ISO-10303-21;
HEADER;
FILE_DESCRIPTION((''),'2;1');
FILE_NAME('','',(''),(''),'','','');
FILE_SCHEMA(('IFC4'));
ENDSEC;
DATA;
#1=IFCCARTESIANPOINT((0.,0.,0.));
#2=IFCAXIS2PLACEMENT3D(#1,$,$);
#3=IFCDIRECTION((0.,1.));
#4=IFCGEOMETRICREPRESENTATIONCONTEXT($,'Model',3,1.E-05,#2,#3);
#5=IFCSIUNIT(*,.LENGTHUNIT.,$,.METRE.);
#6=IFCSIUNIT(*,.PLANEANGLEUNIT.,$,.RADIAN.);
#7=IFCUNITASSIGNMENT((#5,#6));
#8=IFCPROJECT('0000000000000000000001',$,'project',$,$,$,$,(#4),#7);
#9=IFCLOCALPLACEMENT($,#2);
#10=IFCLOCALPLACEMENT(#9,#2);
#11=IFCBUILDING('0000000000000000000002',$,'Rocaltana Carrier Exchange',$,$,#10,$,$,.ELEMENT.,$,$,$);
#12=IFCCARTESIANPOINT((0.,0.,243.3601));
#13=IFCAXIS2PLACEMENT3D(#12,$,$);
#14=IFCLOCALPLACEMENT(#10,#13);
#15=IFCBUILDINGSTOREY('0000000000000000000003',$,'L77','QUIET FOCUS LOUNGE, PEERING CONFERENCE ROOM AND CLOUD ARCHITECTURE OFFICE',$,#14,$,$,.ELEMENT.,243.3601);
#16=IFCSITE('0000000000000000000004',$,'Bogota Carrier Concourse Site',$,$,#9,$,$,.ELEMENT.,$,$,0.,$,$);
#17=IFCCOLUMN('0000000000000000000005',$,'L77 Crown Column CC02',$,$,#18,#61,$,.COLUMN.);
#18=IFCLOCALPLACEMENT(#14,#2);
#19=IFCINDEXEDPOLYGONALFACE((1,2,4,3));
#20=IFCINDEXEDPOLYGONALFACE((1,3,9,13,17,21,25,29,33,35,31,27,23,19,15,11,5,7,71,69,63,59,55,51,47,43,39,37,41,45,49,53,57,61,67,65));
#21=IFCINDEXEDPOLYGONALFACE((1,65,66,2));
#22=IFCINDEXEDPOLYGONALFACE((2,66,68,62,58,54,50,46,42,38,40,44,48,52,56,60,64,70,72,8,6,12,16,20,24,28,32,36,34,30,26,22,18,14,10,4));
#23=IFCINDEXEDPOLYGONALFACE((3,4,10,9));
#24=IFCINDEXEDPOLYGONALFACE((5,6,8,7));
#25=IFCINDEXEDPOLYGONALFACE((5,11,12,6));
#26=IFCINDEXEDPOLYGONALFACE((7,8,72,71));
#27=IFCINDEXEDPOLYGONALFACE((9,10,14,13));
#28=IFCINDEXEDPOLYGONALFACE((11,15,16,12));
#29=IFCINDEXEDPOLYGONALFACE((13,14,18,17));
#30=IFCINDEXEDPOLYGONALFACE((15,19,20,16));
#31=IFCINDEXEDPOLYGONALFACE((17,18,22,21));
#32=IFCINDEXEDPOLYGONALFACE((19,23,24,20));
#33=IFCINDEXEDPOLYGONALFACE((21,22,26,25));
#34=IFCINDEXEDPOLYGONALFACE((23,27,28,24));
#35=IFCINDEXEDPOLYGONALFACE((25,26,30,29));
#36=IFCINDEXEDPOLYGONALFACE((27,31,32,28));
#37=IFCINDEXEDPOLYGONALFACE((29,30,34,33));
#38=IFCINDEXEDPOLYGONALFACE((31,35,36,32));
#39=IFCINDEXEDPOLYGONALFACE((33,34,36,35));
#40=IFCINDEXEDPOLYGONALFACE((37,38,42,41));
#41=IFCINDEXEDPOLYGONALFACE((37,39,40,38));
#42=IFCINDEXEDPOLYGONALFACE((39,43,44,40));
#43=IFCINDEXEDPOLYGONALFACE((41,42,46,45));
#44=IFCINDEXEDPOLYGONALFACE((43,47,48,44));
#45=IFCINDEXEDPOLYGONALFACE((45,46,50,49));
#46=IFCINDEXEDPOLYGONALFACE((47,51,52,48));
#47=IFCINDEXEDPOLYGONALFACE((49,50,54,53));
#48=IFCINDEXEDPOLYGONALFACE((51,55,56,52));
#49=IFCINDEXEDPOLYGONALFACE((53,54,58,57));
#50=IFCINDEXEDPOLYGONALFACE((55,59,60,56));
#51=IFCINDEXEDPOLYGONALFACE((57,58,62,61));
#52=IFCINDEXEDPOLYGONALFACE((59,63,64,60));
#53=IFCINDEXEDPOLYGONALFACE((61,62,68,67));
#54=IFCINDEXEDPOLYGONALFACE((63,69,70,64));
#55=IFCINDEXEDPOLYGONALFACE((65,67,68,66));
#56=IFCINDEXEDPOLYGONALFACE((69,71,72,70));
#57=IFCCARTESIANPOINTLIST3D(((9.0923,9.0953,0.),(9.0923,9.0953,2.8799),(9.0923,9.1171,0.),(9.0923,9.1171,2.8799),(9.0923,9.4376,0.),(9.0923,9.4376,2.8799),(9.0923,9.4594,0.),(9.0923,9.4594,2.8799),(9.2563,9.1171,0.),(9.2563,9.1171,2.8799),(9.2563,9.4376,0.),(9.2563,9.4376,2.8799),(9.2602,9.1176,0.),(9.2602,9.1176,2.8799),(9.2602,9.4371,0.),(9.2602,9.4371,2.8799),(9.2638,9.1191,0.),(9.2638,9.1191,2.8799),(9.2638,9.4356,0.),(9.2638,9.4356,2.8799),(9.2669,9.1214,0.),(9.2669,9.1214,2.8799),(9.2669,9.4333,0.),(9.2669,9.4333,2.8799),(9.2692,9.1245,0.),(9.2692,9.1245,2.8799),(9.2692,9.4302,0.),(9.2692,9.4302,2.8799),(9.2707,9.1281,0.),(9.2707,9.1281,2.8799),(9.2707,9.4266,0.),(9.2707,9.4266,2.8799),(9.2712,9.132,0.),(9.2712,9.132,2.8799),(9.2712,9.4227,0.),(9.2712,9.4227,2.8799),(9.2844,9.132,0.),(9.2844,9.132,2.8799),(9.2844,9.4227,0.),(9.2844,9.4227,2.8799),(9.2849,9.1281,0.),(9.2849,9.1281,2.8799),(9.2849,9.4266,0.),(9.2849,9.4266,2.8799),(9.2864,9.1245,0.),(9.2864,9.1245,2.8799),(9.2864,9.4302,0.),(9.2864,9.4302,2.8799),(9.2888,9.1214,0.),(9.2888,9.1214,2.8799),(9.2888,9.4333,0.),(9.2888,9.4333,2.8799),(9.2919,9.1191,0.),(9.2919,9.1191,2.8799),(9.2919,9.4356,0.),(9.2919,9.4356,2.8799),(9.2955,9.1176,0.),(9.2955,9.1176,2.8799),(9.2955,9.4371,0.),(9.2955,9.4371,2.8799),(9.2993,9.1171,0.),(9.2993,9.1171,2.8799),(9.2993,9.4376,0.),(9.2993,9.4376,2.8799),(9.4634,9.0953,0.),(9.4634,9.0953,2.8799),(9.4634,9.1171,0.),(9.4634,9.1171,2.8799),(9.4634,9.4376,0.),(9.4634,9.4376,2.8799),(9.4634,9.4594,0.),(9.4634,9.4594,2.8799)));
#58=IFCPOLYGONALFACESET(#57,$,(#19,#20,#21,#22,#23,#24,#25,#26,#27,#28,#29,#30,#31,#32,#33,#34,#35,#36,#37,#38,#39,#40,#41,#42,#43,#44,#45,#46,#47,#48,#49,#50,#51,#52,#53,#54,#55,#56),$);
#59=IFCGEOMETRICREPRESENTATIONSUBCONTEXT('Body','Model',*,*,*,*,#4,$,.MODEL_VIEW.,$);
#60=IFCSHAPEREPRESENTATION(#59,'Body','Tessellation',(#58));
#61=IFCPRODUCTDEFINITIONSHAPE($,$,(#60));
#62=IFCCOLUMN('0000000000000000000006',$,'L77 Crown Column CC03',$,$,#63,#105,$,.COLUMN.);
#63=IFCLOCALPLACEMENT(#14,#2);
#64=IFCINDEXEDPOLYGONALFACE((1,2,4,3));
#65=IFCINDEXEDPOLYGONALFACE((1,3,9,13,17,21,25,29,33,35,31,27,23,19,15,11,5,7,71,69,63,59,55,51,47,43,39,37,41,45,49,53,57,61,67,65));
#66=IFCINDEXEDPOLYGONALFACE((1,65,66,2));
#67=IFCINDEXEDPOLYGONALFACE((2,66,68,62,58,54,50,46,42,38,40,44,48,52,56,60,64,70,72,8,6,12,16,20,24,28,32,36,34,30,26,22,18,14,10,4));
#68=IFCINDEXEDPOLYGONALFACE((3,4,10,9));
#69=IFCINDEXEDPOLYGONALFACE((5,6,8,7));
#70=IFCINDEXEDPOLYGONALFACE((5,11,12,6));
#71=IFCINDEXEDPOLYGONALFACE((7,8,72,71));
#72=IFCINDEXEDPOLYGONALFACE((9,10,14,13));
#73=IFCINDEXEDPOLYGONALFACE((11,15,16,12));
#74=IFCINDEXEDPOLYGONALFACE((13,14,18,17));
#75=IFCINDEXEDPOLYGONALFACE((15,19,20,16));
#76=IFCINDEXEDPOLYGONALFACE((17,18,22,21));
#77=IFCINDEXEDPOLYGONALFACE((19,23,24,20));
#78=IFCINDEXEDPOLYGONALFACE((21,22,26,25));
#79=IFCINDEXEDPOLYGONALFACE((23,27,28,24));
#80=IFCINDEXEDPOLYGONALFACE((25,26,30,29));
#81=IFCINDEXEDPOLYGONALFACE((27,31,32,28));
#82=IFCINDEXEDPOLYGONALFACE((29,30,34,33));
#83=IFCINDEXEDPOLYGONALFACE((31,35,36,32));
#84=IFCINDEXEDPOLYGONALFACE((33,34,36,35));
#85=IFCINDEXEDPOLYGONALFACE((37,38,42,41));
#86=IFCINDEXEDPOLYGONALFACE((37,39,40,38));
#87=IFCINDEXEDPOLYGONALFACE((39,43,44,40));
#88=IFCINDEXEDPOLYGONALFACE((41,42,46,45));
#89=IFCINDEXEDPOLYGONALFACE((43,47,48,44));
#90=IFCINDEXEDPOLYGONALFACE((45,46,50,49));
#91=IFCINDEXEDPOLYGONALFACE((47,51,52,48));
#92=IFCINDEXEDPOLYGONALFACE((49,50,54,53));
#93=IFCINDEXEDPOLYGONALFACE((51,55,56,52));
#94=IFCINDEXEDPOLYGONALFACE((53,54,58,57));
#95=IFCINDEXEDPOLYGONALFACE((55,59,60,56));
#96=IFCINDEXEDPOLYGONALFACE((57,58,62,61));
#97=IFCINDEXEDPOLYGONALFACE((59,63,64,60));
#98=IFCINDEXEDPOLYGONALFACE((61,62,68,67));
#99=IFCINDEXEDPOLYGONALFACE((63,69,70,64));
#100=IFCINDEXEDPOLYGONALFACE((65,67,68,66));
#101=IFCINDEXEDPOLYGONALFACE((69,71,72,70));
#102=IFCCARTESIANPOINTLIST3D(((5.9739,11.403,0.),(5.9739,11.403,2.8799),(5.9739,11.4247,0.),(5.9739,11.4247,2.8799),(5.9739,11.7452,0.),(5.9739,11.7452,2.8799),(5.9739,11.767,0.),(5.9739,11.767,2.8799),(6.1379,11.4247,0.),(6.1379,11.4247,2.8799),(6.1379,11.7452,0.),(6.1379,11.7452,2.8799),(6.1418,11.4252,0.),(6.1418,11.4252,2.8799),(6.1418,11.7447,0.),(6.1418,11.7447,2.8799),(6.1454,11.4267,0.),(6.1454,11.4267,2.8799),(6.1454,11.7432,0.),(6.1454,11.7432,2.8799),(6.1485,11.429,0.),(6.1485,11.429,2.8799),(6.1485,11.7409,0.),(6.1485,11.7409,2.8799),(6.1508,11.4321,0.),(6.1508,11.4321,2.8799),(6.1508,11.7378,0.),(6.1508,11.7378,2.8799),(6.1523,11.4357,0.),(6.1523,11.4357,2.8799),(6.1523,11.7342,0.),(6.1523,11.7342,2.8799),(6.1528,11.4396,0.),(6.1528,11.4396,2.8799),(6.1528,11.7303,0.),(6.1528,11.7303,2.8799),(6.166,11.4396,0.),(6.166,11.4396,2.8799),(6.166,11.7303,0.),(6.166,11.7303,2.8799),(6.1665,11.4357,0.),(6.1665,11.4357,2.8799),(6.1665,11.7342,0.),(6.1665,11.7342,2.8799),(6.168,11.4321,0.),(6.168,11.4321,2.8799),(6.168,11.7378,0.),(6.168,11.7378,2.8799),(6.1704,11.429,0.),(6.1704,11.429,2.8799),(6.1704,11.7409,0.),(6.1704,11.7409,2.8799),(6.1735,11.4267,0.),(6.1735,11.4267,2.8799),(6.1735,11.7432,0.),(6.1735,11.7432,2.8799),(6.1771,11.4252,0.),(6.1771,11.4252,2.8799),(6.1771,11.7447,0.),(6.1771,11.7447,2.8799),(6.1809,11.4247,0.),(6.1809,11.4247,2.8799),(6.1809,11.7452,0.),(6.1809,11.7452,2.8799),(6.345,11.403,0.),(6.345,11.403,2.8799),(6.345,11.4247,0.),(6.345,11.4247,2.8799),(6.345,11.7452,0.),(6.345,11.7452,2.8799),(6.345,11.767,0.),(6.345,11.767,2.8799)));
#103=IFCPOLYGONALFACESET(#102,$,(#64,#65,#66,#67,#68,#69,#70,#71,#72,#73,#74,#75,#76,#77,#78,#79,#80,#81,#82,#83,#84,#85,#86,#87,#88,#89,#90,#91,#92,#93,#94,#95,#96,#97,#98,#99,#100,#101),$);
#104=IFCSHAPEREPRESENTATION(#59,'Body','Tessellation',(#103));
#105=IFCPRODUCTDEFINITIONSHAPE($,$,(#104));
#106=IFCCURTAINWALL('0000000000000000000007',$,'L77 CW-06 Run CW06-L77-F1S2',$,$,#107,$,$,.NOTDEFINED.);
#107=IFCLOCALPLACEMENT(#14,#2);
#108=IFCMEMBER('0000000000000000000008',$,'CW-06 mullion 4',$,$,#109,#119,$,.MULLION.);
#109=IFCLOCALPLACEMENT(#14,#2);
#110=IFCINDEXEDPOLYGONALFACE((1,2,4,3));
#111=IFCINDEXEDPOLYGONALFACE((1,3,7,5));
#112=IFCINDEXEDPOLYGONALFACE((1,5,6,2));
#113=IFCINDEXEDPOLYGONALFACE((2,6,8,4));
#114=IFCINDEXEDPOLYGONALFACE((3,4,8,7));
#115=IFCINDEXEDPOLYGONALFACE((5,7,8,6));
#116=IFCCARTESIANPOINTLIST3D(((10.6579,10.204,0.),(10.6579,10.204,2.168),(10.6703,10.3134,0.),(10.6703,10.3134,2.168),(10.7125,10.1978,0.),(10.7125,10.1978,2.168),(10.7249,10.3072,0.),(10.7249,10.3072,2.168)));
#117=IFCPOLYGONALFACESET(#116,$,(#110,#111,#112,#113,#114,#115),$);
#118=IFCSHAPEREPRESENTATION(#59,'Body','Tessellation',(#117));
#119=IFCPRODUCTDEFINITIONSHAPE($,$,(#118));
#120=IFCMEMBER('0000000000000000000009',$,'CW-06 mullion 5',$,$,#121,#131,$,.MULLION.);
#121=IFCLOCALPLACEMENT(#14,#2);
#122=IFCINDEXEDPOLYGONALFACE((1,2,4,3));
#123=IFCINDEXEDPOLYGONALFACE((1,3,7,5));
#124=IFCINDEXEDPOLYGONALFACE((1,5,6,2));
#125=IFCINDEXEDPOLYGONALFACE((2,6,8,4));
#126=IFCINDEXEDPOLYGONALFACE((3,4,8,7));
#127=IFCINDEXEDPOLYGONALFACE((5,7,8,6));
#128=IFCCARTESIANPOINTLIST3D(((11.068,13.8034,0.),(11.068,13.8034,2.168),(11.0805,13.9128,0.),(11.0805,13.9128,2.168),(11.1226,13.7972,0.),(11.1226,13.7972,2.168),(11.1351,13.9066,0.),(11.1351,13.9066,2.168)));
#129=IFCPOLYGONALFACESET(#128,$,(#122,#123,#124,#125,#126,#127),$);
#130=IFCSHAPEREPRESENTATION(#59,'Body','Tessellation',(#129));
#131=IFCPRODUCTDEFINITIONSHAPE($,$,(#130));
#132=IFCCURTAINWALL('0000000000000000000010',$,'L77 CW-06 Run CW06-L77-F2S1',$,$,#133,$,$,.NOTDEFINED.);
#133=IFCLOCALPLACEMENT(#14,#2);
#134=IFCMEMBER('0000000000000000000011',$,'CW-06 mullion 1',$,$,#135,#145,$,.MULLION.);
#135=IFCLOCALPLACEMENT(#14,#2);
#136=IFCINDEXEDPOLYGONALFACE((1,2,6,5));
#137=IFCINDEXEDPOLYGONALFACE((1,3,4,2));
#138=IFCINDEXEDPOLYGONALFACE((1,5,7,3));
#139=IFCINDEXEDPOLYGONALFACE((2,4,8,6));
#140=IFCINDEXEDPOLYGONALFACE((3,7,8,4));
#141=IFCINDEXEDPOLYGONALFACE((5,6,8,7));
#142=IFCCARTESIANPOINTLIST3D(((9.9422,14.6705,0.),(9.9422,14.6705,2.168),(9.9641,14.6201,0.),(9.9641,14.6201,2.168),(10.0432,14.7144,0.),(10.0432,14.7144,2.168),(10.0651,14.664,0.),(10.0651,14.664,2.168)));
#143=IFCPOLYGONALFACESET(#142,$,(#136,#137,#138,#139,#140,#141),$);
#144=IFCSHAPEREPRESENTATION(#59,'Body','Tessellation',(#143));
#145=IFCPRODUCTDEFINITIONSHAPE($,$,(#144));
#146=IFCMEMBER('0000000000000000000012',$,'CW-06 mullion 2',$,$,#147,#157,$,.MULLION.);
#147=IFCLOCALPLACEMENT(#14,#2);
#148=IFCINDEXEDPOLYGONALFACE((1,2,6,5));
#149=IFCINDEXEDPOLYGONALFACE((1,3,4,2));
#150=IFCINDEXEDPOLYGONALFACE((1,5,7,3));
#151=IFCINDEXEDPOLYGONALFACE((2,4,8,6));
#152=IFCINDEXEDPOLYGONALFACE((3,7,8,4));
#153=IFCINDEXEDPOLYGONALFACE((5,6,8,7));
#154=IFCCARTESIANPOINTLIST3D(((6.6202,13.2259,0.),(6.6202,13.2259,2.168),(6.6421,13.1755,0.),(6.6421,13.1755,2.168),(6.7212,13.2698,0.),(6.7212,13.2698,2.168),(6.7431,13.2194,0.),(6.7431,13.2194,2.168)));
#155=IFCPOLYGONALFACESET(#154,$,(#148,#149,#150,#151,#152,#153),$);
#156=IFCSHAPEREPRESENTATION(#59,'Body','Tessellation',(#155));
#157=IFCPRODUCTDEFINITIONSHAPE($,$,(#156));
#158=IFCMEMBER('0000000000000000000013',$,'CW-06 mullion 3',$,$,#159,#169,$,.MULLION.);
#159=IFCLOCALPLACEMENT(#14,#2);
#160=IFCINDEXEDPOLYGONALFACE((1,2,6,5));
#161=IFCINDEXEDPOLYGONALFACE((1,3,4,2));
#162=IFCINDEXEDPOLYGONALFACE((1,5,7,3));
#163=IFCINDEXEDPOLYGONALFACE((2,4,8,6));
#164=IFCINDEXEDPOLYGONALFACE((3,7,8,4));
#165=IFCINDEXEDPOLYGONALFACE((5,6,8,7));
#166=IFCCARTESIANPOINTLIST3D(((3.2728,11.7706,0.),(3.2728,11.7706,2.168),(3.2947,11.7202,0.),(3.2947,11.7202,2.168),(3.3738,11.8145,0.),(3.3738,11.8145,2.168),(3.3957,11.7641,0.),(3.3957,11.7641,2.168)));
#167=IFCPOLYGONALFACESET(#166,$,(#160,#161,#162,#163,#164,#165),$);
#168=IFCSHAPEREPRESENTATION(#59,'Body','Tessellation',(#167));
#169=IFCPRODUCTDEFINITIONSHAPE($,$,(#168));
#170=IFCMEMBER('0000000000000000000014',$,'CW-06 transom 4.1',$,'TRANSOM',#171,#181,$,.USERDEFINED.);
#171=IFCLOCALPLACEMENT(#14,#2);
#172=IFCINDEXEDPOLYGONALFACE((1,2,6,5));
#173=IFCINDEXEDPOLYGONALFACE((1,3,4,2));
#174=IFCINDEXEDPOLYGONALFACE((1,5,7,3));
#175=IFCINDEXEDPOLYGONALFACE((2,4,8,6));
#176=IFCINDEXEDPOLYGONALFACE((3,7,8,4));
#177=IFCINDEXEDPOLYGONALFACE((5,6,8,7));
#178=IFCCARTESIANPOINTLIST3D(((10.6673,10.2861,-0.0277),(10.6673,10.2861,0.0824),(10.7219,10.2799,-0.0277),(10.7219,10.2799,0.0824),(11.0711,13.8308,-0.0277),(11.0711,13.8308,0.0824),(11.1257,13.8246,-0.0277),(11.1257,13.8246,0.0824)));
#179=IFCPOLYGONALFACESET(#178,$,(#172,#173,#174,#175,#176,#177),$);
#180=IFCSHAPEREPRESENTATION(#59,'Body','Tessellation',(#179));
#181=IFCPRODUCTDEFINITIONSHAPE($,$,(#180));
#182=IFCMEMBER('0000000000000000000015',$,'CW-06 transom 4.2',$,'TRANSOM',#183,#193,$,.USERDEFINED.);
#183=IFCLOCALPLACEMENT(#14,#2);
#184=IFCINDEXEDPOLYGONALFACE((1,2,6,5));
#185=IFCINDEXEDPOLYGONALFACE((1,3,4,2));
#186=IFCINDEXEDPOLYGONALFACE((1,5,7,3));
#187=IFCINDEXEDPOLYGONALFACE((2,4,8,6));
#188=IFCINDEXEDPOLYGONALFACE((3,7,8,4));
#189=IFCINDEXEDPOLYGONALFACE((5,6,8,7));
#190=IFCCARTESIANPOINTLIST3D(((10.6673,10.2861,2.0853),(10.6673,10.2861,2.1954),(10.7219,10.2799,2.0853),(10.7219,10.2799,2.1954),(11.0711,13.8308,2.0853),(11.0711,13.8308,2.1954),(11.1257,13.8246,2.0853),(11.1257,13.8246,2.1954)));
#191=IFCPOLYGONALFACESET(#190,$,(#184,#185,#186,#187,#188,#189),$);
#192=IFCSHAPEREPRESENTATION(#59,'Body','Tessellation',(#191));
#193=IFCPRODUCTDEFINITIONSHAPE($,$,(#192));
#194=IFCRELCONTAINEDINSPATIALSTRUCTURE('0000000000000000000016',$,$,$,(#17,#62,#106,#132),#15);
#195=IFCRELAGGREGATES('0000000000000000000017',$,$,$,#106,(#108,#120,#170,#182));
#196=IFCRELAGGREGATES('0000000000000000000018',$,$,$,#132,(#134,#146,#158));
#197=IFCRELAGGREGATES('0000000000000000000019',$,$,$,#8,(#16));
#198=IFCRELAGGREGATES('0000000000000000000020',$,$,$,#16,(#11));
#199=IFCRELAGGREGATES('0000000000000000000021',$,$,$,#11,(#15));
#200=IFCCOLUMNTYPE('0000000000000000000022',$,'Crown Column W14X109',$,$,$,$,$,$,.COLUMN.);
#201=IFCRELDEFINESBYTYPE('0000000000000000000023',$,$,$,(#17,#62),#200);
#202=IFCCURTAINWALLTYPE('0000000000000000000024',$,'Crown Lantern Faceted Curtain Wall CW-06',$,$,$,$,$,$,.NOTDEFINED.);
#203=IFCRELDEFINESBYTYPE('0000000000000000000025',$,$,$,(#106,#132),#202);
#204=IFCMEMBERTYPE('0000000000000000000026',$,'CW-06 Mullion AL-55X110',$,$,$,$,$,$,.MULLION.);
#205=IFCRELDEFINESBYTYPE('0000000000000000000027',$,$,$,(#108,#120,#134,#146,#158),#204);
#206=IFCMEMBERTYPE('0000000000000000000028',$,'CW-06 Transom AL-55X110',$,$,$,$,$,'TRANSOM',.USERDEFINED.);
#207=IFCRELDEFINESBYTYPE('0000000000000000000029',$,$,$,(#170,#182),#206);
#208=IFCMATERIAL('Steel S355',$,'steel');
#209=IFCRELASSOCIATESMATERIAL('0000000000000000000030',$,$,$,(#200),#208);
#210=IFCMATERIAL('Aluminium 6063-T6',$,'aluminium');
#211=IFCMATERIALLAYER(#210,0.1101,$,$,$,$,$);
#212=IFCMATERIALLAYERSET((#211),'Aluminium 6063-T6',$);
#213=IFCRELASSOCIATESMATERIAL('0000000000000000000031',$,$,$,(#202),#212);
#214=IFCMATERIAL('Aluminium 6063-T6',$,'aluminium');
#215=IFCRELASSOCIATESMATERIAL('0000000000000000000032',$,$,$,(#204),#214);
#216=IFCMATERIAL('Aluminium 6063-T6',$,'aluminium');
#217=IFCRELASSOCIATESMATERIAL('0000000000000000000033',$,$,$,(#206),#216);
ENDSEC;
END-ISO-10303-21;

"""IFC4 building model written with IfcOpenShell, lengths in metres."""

from ifc_helpers import new_model, si_unit, direction, frame, origin, origin_2d, place, context, subcontext, project, spatial, rectangle, i_section, extrude, material, layer, layer_set, material_profile, profile_set, type_object, element, aggregate, save


model = new_model("IFC4")

# Units and contexts
model_context = context("Model", 3, precision=1e-05, world=origin(), true_north=direction((0.0, 1.0)))
body_context = subcontext(model_context, "Body", "Model", "MODEL_VIEW")
ifc_project = project(units=[si_unit("LENGTHUNIT", "METRE"), si_unit("PLANEANGLEUNIT", "RADIAN")], contexts=[model_context])

# Site, building, storey
site_placement = place(None, origin())
site = spatial("IfcSite", under=ifc_project, at=site_placement, Name="Bogota Carrier Concourse Site", CompositionType="ELEMENT", RefElevation=0.0)
building_placement = place(site_placement, origin())
building = spatial("IfcBuilding", under=site, at=building_placement, Name="Rocaltana Carrier Exchange", CompositionType="ELEMENT")
storey_placement = place(building_placement, frame((0.0, 0.0, 243.3601)))
storey = spatial("IfcBuildingStorey", under=building, at=storey_placement, Name="L77", Description="QUIET FOCUS LOUNGE, PEERING CONFERENCE ROOM AND CLOUD ARCHITECTURE OFFICE", CompositionType="ELEMENT", Elevation=243.3601)

# Columns
ifc_material_1 = material(Name="Steel S355", Category="steel")
ifc_material_profile_1 = material_profile(ifc_material_1, i_section(OverallWidth=0.3711, OverallDepth=0.364, WebThickness=0.0132, FlangeThickness=0.0217, FilletRadius=0.0149, at=origin_2d()), Name="W14X109")
ifc_profile_set_1 = profile_set([ifc_material_profile_1], Name="Steel S355")
column_type = type_object("IfcColumnType", Name="Crown Column W14X109", PredefinedType="COLUMN", material=ifc_profile_set_1)
for number, where, z_axis, x_axis, name in (
    (1, (9.2778, 9.2773, 0.0), (0.0, 0.0, 1.0), (1.0, 0.0, 0.0), "L77 Crown Column CC02"),
    (2, (6.1594, 11.585, 0.0), (0.0, 0.0, 1.0), (1.0, 0.0, 0.0), "L77 Crown Column CC03"),
):
    element("IfcColumn", number, at=place(storey_placement, frame(where, z_axis=z_axis, x_axis=x_axis)), inside=storey, type_object=column_type, Name=name, PredefinedType="COLUMN", context=body_context, shape_type="SweptSolid", body=[
        extrude(i_section(OverallWidth=0.3711, OverallDepth=0.364, WebThickness=0.0132, FlangeThickness=0.0217, FilletRadius=0.0149, at=origin_2d()), origin(), (0.0, 0.0, 1.0), 2.8799),
    ])

# Curtain walls, members
ifc_material_2 = material(Name="Aluminium 6063-T6", Category="aluminium")
ifc_layer_1 = layer(ifc_material_2, 0.1101)
ifc_layer_set_1 = layer_set([ifc_layer_1], Name="Aluminium 6063-T6")
curtain_wall_type = type_object("IfcCurtainWallType", Name="Crown Lantern Faceted Curtain Wall CW-06", PredefinedType="NOTDEFINED", material=ifc_layer_set_1)
curtain_wall_1_placement = place(storey_placement, origin())
curtain_wall_1 = element("IfcCurtainWall", 3, at=curtain_wall_1_placement, inside=storey, type_object=curtain_wall_type, Name="L77 CW-06 Run CW06-L77-F1S2", PredefinedType="NOTDEFINED")
ifc_material_3 = material(Name="Aluminium 6063-T6", Category="aluminium")
ifc_material_profile_2 = material_profile(ifc_material_3, rectangle(XDim=0.0549, YDim=0.1101, at=origin_2d()), Name="AL-55X110")
ifc_profile_set_2 = profile_set([ifc_material_profile_2], Name="Aluminium 6063-T6")
member_type_1 = type_object("IfcMemberType", Name="CW-06 Mullion AL-55X110", PredefinedType="MULLION", material=ifc_profile_set_2)
member_1_placement = place(storey_placement, frame((10.6914, 10.2556, 0.0), z_axis=(0.0, 0.0, 1.0), x_axis=(-0.993572, 0.113198, 0.0)))
member_1 = element("IfcMember", 4, at=member_1_placement, type_object=member_type_1, Name="CW-06 mullion 4", PredefinedType="MULLION", context=body_context, shape_type="SweptSolid", body=[
    extrude(rectangle(XDim=0.0549, YDim=0.1101, at=origin_2d()), origin(), (0.0, 0.0, 1.0), 2.168),
])
member_2_placement = place(storey_placement, frame((11.1016, 13.855, 0.0), z_axis=(0.0, 0.0, 1.0), x_axis=(-0.993572, 0.113198, 0.0)))
member_2 = element("IfcMember", 5, at=member_2_placement, type_object=member_type_1, Name="CW-06 mullion 5", PredefinedType="MULLION", context=body_context, shape_type="SweptSolid", body=[
    extrude(rectangle(XDim=0.0549, YDim=0.1101, at=origin_2d()), origin(), (0.0, 0.0, 1.0), 2.168),
])
curtain_wall_2_placement = place(storey_placement, origin())
curtain_wall_2 = element("IfcCurtainWall", 6, at=curtain_wall_2_placement, inside=storey, type_object=curtain_wall_type, Name="L77 CW-06 Run CW06-L77-F2S1", PredefinedType="NOTDEFINED")
member_3_placement = place(storey_placement, frame((10.0037, 14.6672, 0.0), z_axis=(0.0, 0.0, 1.0), x_axis=(0.398752, -0.917059, 0.0)))
member_3 = element("IfcMember", 7, at=member_3_placement, type_object=member_type_1, Name="CW-06 mullion 1", PredefinedType="MULLION", context=body_context, shape_type="SweptSolid", body=[
    extrude(rectangle(XDim=0.0549, YDim=0.1101, at=origin_2d()), origin(), (0.0, 0.0, 1.0), 2.168),
])
member_4_placement = place(storey_placement, frame((6.6816, 13.2227, 0.0), z_axis=(0.0, 0.0, 1.0), x_axis=(0.398752, -0.917059, 0.0)))
member_4 = element("IfcMember", 8, at=member_4_placement, type_object=member_type_1, Name="CW-06 mullion 2", PredefinedType="MULLION", context=body_context, shape_type="SweptSolid", body=[
    extrude(rectangle(XDim=0.0549, YDim=0.1101, at=origin_2d()), origin(), (0.0, 0.0, 1.0), 2.168),
])
member_5_placement = place(storey_placement, frame((3.3342, 11.7673, 0.0), z_axis=(0.0, 0.0, 1.0), x_axis=(0.398752, -0.917059, 0.0)))
member_5 = element("IfcMember", 9, at=member_5_placement, type_object=member_type_1, Name="CW-06 mullion 3", PredefinedType="MULLION", context=body_context, shape_type="SweptSolid", body=[
    extrude(rectangle(XDim=0.0549, YDim=0.1101, at=origin_2d()), origin(), (0.0, 0.0, 1.0), 2.168),
])

# Members
ifc_material_4 = material(Name="Aluminium 6063-T6", Category="aluminium")
ifc_material_profile_3 = material_profile(ifc_material_4, rectangle(XDim=0.0549, YDim=0.1101, at=origin_2d()), Name="AL-55X110")
ifc_profile_set_3 = profile_set([ifc_material_profile_3], Name="Aluminium 6063-T6")
member_type_2 = type_object("IfcMemberType", Name="CW-06 Transom AL-55X110", ElementType="TRANSOM", PredefinedType="USERDEFINED", material=ifc_profile_set_3)
member_6_placement = place(storey_placement, frame((10.6946, 10.283, 0.0273), z_axis=(0.113188, 0.993574, 0.0), x_axis=(-0.993574, 0.113188, 0.0)))
member_6 = element("IfcMember", 10, at=member_6_placement, type_object=member_type_2, Name="CW-06 transom 4.1", ObjectType="TRANSOM", PredefinedType="USERDEFINED", context=body_context, shape_type="SweptSolid", body=[
    extrude(rectangle(XDim=0.0549, YDim=0.1101, at=origin_2d()), origin(), (0.0, 0.0, 1.0), 3.5676),
])
member_7_placement = place(storey_placement, frame((10.6946, 10.283, 2.1404), z_axis=(0.113188, 0.993574, 0.0), x_axis=(-0.993574, 0.113188, 0.0)))
member_7 = element("IfcMember", 11, at=member_7_placement, type_object=member_type_2, Name="CW-06 transom 4.2", ObjectType="TRANSOM", PredefinedType="USERDEFINED", context=body_context, shape_type="SweptSolid", body=[
    extrude(rectangle(XDim=0.0549, YDim=0.1101, at=origin_2d()), origin(), (0.0, 0.0, 1.0), 3.5676),
])

aggregate(curtain_wall_1, [member_1, member_2, member_6, member_7])
aggregate(curtain_wall_2, [member_3, member_4, member_5])

save(model, "model.ifc")
